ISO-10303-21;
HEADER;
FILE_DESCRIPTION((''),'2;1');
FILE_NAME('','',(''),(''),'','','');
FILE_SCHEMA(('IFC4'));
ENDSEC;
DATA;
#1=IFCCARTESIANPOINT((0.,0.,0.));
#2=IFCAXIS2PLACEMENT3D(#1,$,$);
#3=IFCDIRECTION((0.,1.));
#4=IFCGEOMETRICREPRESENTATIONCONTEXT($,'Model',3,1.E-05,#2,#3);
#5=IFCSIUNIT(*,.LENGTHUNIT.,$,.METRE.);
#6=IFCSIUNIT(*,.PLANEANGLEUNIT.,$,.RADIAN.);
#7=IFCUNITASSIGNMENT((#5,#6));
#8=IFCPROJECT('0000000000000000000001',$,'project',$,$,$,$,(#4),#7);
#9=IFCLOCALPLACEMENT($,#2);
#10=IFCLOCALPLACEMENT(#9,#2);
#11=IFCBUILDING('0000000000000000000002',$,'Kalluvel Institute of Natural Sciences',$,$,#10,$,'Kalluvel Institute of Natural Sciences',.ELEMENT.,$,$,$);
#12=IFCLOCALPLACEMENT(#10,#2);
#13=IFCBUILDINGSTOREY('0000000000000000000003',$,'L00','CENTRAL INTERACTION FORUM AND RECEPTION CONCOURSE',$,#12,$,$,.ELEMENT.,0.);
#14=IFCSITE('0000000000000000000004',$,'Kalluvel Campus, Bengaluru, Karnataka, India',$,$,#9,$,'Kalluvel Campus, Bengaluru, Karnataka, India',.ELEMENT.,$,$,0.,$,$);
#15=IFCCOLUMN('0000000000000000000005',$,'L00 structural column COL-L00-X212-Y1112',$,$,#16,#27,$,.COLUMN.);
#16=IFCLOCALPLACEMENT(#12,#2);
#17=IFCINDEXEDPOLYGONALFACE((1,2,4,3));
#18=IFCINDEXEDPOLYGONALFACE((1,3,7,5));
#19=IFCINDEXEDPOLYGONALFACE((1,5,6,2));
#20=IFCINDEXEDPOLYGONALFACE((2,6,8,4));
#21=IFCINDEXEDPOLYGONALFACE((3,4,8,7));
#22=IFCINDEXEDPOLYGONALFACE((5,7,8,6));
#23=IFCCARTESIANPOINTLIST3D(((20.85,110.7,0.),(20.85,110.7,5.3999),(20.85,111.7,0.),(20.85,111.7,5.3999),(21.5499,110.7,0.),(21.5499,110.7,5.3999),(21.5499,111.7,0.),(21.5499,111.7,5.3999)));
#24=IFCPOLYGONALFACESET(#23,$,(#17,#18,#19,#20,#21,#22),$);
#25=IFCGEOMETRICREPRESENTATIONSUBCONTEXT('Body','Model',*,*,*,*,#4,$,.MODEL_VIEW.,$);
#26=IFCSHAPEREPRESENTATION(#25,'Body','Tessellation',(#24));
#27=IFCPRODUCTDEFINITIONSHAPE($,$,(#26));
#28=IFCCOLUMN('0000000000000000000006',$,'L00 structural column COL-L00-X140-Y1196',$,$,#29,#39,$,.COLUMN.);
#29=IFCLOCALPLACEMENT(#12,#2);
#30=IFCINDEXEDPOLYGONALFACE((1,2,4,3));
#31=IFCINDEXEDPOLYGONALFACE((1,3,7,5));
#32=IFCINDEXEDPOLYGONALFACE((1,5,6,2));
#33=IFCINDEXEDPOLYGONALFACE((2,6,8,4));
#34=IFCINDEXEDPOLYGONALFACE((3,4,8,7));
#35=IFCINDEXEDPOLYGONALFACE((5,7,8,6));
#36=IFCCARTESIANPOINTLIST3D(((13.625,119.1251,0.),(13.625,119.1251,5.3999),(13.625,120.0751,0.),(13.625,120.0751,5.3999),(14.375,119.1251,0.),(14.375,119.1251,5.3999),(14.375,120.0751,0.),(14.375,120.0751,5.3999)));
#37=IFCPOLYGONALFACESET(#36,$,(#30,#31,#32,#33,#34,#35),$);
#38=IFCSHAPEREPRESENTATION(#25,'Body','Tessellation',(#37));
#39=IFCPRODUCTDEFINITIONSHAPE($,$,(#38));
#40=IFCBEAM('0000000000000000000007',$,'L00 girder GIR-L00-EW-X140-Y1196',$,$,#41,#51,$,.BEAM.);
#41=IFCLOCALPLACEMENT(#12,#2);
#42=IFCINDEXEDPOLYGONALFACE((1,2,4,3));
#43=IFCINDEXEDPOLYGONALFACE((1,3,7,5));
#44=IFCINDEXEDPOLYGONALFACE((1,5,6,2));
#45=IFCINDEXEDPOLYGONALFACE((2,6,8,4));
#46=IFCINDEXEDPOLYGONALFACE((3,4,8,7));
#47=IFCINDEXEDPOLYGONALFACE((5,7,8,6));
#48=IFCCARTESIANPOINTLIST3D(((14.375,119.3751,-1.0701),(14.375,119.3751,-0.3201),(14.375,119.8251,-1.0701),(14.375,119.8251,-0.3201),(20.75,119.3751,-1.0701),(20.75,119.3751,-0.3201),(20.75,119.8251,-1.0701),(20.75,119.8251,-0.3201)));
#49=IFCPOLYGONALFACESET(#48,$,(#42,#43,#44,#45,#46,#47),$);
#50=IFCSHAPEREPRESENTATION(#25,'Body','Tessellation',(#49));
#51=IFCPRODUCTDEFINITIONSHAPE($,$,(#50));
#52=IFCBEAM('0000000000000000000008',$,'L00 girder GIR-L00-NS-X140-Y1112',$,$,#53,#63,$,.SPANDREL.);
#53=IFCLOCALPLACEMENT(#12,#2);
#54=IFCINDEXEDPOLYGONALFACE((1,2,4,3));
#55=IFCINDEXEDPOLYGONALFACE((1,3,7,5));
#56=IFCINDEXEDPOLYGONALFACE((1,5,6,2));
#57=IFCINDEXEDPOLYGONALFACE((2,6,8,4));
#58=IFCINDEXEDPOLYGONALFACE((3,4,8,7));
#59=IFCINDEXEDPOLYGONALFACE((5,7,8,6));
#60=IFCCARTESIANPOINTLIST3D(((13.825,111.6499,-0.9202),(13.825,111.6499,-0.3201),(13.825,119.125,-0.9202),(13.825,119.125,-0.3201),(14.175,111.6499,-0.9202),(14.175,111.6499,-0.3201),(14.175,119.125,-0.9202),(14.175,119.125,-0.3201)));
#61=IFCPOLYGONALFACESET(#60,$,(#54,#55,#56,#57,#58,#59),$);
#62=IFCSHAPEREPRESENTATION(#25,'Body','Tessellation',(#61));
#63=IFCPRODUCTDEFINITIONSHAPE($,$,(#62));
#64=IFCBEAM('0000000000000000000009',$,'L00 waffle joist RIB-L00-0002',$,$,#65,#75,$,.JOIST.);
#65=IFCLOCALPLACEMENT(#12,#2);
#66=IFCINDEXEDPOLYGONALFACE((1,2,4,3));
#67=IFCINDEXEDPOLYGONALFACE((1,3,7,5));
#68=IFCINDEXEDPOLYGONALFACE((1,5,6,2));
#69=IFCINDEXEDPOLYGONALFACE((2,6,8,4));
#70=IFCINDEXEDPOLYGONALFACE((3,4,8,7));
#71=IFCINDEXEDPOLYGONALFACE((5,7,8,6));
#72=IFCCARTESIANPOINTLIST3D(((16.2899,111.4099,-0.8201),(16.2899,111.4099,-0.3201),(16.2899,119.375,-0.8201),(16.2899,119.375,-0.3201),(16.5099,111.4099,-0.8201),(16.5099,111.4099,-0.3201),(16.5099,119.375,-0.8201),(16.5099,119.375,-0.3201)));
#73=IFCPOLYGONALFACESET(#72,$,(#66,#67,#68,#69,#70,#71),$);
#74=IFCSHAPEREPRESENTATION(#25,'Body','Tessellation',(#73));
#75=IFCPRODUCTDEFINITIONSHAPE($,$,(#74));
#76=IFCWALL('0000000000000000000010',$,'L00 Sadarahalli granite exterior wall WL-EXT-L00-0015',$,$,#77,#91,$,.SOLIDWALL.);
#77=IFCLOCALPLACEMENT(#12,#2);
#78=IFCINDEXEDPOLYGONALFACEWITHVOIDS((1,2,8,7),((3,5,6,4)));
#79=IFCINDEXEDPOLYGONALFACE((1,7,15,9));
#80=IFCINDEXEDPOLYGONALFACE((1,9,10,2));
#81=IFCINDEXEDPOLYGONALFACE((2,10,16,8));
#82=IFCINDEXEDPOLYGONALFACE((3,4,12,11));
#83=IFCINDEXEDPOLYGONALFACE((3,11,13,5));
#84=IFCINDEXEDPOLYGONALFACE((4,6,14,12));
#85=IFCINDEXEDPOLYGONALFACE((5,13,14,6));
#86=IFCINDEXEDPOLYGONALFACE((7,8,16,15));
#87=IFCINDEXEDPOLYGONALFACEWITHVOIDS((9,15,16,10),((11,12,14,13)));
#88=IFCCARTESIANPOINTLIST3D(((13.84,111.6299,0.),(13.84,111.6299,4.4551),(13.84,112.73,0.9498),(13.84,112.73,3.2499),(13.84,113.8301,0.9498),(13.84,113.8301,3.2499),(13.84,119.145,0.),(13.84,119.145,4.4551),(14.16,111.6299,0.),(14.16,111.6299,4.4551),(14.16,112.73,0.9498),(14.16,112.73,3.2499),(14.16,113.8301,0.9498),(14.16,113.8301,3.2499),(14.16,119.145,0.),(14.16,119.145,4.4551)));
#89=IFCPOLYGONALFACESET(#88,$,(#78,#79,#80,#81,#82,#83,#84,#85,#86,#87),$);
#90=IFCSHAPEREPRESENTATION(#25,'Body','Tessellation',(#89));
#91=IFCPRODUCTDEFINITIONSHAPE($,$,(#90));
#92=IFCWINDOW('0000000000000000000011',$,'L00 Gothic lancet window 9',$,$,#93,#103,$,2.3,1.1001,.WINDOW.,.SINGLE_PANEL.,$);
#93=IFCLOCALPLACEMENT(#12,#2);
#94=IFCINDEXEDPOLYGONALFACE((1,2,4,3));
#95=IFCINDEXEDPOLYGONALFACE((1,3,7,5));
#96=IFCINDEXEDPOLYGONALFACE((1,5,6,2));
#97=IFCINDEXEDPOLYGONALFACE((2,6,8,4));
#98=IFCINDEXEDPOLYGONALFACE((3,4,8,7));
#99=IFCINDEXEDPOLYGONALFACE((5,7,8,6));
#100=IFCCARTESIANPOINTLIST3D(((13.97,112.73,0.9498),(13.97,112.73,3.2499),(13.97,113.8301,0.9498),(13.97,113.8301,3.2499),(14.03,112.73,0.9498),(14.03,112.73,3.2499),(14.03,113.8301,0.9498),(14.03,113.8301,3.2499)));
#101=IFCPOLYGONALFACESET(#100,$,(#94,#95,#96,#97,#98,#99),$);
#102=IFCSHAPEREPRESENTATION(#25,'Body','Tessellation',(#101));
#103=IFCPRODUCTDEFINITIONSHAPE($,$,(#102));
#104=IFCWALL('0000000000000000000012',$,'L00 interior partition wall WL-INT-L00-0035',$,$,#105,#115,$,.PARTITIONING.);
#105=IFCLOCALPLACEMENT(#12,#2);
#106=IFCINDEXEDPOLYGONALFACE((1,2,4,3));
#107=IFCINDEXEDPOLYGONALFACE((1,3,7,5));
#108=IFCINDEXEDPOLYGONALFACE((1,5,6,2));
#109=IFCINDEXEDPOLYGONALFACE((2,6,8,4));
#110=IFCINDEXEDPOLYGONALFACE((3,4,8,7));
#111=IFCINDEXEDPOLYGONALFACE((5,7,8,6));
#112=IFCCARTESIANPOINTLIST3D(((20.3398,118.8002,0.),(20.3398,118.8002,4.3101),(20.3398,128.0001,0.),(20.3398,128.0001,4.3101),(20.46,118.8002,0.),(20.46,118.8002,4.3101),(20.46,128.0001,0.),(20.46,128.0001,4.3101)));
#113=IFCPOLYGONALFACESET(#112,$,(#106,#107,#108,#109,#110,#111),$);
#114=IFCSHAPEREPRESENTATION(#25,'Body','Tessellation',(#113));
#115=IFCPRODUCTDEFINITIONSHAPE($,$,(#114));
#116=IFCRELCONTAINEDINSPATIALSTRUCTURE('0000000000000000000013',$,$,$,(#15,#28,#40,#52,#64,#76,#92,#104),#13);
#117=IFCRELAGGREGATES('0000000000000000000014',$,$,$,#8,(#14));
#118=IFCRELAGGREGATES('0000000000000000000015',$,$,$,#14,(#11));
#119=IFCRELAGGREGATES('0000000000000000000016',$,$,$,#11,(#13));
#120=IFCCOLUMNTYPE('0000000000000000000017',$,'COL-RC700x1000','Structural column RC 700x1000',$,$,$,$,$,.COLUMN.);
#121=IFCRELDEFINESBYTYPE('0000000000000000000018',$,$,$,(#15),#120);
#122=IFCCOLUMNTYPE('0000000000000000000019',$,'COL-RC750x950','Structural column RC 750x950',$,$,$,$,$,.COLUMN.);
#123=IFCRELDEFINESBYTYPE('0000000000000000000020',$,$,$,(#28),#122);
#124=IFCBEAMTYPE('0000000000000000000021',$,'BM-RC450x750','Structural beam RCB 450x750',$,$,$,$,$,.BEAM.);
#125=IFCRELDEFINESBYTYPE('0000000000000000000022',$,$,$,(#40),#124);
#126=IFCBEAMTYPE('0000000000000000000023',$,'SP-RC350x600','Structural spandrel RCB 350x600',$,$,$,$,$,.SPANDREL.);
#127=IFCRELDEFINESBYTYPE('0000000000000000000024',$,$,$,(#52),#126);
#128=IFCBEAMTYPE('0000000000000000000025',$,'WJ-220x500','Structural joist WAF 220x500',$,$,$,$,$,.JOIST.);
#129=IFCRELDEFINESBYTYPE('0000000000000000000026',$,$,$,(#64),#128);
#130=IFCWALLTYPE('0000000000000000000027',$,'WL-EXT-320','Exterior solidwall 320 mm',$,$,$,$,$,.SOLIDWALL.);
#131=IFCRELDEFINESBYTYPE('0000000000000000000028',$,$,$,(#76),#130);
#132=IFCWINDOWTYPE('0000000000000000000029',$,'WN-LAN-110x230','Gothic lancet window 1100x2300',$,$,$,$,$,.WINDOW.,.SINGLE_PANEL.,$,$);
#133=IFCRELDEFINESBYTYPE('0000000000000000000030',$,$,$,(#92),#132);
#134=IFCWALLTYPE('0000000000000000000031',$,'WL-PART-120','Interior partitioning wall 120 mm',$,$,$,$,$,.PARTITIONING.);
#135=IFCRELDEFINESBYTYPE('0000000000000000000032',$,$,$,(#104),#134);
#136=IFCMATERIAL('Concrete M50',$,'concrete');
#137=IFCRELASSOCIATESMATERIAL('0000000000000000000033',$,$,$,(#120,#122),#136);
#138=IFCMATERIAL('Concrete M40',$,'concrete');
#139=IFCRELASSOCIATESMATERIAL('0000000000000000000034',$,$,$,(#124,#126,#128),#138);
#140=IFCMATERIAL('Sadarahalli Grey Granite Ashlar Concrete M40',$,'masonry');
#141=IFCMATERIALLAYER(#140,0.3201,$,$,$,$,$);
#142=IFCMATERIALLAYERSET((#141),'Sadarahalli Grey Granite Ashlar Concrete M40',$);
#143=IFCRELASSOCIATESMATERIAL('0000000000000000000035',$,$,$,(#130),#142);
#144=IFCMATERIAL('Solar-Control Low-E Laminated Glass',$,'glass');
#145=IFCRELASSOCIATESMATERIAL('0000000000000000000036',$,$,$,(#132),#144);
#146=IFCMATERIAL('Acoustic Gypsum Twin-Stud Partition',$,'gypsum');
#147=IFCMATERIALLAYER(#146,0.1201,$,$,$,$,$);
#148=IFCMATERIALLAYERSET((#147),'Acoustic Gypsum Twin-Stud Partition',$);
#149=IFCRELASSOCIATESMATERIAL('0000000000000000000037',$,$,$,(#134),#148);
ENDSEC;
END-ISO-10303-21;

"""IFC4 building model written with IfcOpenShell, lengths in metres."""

from ifc_helpers import new_model, si_unit, direction, frame, frame_2d, origin, origin_2d, place, context, subcontext, project, spatial, rectangle, extrude, material, layer, layer_set, material_profile, profile_set, type_object, element, fill, save


model = new_model("IFC4")

# Units and contexts
model_context = context("Model", 3, precision=1e-05, world=origin(), true_north=direction((0.0, 1.0)))
body_context = subcontext(model_context, "Body", "Model", "MODEL_VIEW")
ifc_project = project(units=[si_unit("LENGTHUNIT", "METRE"), si_unit("PLANEANGLEUNIT", "RADIAN")], contexts=[model_context])

# Site, building, storey
site_placement = place(None, origin())
site = spatial("IfcSite", under=ifc_project, at=site_placement, Name="Kalluvel Campus, Bengaluru, Karnataka, India", LongName="Kalluvel Campus, Bengaluru, Karnataka, India", CompositionType="ELEMENT", RefElevation=0.0)
building_placement = place(site_placement, origin())
building = spatial("IfcBuilding", under=site, at=building_placement, Name="Kalluvel Institute of Natural Sciences", LongName="Kalluvel Institute of Natural Sciences", CompositionType="ELEMENT")
storey_placement = place(building_placement, origin())
storey = spatial("IfcBuildingStorey", under=building, at=storey_placement, Name="L00", Description="CENTRAL INTERACTION FORUM AND RECEPTION CONCOURSE", CompositionType="ELEMENT", Elevation=0.0)

# Columns
ifc_material_1 = material(Name="Concrete M50", Category="concrete")
ifc_material_profile_1 = material_profile(ifc_material_1, rectangle(XDim=0.7, YDim=1.0, at=origin_2d()), Name="RC 700x1000")
ifc_profile_set_1 = profile_set([ifc_material_profile_1], Name="Concrete M50")
column_type_1 = type_object("IfcColumnType", Name="COL-RC700x1000", Description="Structural column RC 700x1000", PredefinedType="COLUMN", material=ifc_profile_set_1)
column_1_placement = place(storey_placement, frame((21.2, 111.2, 0.0), z_axis=(0.0, 0.0, 1.0), x_axis=(1.0, 0.0, 0.0)))
element("IfcColumn", 1, at=column_1_placement, inside=storey, type_object=column_type_1, Name="L00 structural column COL-L00-X212-Y1112", PredefinedType="COLUMN", context=body_context, shape_type="SweptSolid", body=[
    extrude(rectangle(XDim=0.7, YDim=1.0, at=origin_2d()), origin(), (0.0, 0.0, 1.0), 5.3999),
])
ifc_material_profile_2 = material_profile(ifc_material_1, rectangle(XDim=0.75, YDim=0.95, at=origin_2d()), Name="RC 750x950")
ifc_profile_set_2 = profile_set([ifc_material_profile_2], Name="Concrete M50")
column_type_2 = type_object("IfcColumnType", Name="COL-RC750x950", Description="Structural column RC 750x950", PredefinedType="COLUMN", material=ifc_profile_set_2)
column_2_placement = place(storey_placement, frame((14.0, 119.6001, 0.0), z_axis=(0.0, 0.0, 1.0), x_axis=(1.0, 0.0, 0.0)))
element("IfcColumn", 2, at=column_2_placement, inside=storey, type_object=column_type_2, Name="L00 structural column COL-L00-X140-Y1196", PredefinedType="COLUMN", context=body_context, shape_type="SweptSolid", body=[
    extrude(rectangle(XDim=0.75, YDim=0.95, at=origin_2d()), origin(), (0.0, 0.0, 1.0), 5.3999),
])

# Beams
ifc_material_2 = material(Name="Concrete M40", Category="concrete")
ifc_material_profile_3 = material_profile(ifc_material_2, rectangle(XDim=0.45, YDim=0.75, at=origin_2d()), Name="RCB 450x750")
ifc_profile_set_3 = profile_set([ifc_material_profile_3], Name="Concrete M40")
beam_type_1 = type_object("IfcBeamType", Name="BM-RC450x750", Description="Structural beam RCB 450x750", PredefinedType="BEAM", material=ifc_profile_set_3)
beam_1_placement = place(storey_placement, frame((14.375, 119.6001, -0.6951), z_axis=(1.0, 0.0, 0.0), x_axis=(0.0, 1.0, 0.0)))
element("IfcBeam", 3, at=beam_1_placement, inside=storey, type_object=beam_type_1, Name="L00 girder GIR-L00-EW-X140-Y1196", PredefinedType="BEAM", context=body_context, shape_type="SweptSolid", body=[
    extrude(rectangle(XDim=0.45, YDim=0.75, at=origin_2d()), origin(), (0.0, 0.0, 1.0), 6.375),
])
ifc_material_profile_4 = material_profile(ifc_material_2, rectangle(XDim=0.3501, YDim=0.6001, at=origin_2d()), Name="RCB 350x600")
ifc_profile_set_4 = profile_set([ifc_material_profile_4], Name="Concrete M40")
beam_type_2 = type_object("IfcBeamType", Name="SP-RC350x600", Description="Structural spandrel RCB 350x600", PredefinedType="SPANDREL", material=ifc_profile_set_4)
beam_2_placement = place(storey_placement, frame((14.0, 111.6499, -0.6201), z_axis=(0.0, 1.0, 0.0), x_axis=(-1.0, 0.0, 0.0)))
element("IfcBeam", 4, at=beam_2_placement, inside=storey, type_object=beam_type_2, Name="L00 girder GIR-L00-NS-X140-Y1112", PredefinedType="SPANDREL", context=body_context, shape_type="SweptSolid", body=[
    extrude(rectangle(XDim=0.3501, YDim=0.6001, at=origin_2d()), origin(), (0.0, 0.0, 1.0), 7.4751),
])
ifc_material_profile_5 = material_profile(ifc_material_2, rectangle(XDim=0.22, YDim=0.5, at=origin_2d()), Name="WAF 220x500")
ifc_profile_set_5 = profile_set([ifc_material_profile_5], Name="Concrete M40")
beam_type_3 = type_object("IfcBeamType", Name="WJ-220x500", Description="Structural joist WAF 220x500", PredefinedType="JOIST", material=ifc_profile_set_5)
beam_3_placement = place(storey_placement, frame((16.3999, 111.4099, -0.5701), z_axis=(0.0, 1.0, 0.0), x_axis=(-1.0, 0.0, 0.0)))
element("IfcBeam", 5, at=beam_3_placement, inside=storey, type_object=beam_type_3, Name="L00 waffle joist RIB-L00-0002", PredefinedType="JOIST", context=body_context, shape_type="SweptSolid", body=[
    extrude(rectangle(XDim=0.22, YDim=0.5, at=origin_2d()), origin(), (0.0, 0.0, 1.0), 7.9651),
])

# Wall, opening, window
ifc_material_3 = material(Name="Sadarahalli Grey Granite Ashlar Concrete M40", Category="masonry")
ifc_layer_1 = layer(ifc_material_3, 0.3201)
ifc_layer_set_1 = layer_set([ifc_layer_1], Name="Sadarahalli Grey Granite Ashlar Concrete M40")
wall_type_1 = type_object("IfcWallType", Name="WL-EXT-320", Description="Exterior solidwall 320 mm", PredefinedType="SOLIDWALL", material=ifc_layer_set_1)
wall_1_placement = place(storey_placement, frame((14.0, 111.6299, 0.0), z_axis=(0.0, 0.0, 1.0), x_axis=(0.0, 1.0, 0.0)))
wall_1 = element("IfcWall", 6, at=wall_1_placement, inside=storey, type_object=wall_type_1, Name="L00 Sadarahalli granite exterior wall WL-EXT-L00-0015", PredefinedType="SOLIDWALL", context=body_context, shape_type="SweptSolid", body=[
    extrude(rectangle(XDim=7.5151, YDim=0.3201, at=frame_2d((3.7576, 0.0))), origin(), (0.0, 0.0, 1.0), 4.4551),
])
opening_1_placement = place(wall_1_placement, frame((1.1001, 0.0, 0.95)))
opening_1 = element("IfcOpeningElement", 7, at=opening_1_placement, cuts=wall_1, PredefinedType="OPENING", context=body_context, shape_type="SweptSolid", body=[
    extrude(rectangle(XDim=1.1001, YDim=2.3, at=frame_2d((0.55, 1.1499))), frame((0.0, 0.1699, 0.0), z_axis=(0.0, -1.0, 0.0), x_axis=(1.0, 0.0, 0.0)), (0.0, 0.0, 1.0), 0.3401),
])
ifc_material_4 = material(Name="Solar-Control Low-E Laminated Glass", Category="glass")
window_type = type_object("IfcWindowType", Name="WN-LAN-110x230", Description="Gothic lancet window 1100x2300", PartitioningType="SINGLE_PANEL", PredefinedType="WINDOW", material=ifc_material_4)
window_placement = place(opening_1_placement, origin())
window = element("IfcWindow", 8, at=window_placement, inside=storey, type_object=window_type, Name="L00 Gothic lancet window 9", OverallHeight=2.3, OverallWidth=1.1001, PartitioningType="SINGLE_PANEL", PredefinedType="WINDOW", context=body_context, shape_type="SweptSolid", body=[
    extrude(rectangle(XDim=1.1001, YDim=2.3, at=frame_2d((0.55, 1.1499))), frame((0.0, 0.03, 0.0), z_axis=(0.0, -1.0, 0.0), x_axis=(1.0, 0.0, 0.0)), (0.0, 0.0, 1.0), 0.0601),
])
fill(opening_1, window)

# Wall
ifc_material_5 = material(Name="Acoustic Gypsum Twin-Stud Partition", Category="gypsum")
ifc_layer_2 = layer(ifc_material_5, 0.1201)
ifc_layer_set_2 = layer_set([ifc_layer_2], Name="Acoustic Gypsum Twin-Stud Partition")
wall_type_2 = type_object("IfcWallType", Name="WL-PART-120", Description="Interior partitioning wall 120 mm", PredefinedType="PARTITIONING", material=ifc_layer_set_2)
wall_2_placement = place(storey_placement, frame((20.3999, 118.8, 0.0), z_axis=(0.0, 0.0, 1.0), x_axis=(0.0, 1.0, 0.0)))
element("IfcWall", 9, at=wall_2_placement, inside=storey, type_object=wall_type_2, Name="L00 interior partition wall WL-INT-L00-0035", PredefinedType="PARTITIONING", context=body_context, shape_type="SweptSolid", body=[
    extrude(rectangle(XDim=9.2, YDim=0.1201, at=frame_2d((4.6001, 0.0))), origin(), (0.0, 0.0, 1.0), 4.3101),
])

save(model, "model.ifc")
